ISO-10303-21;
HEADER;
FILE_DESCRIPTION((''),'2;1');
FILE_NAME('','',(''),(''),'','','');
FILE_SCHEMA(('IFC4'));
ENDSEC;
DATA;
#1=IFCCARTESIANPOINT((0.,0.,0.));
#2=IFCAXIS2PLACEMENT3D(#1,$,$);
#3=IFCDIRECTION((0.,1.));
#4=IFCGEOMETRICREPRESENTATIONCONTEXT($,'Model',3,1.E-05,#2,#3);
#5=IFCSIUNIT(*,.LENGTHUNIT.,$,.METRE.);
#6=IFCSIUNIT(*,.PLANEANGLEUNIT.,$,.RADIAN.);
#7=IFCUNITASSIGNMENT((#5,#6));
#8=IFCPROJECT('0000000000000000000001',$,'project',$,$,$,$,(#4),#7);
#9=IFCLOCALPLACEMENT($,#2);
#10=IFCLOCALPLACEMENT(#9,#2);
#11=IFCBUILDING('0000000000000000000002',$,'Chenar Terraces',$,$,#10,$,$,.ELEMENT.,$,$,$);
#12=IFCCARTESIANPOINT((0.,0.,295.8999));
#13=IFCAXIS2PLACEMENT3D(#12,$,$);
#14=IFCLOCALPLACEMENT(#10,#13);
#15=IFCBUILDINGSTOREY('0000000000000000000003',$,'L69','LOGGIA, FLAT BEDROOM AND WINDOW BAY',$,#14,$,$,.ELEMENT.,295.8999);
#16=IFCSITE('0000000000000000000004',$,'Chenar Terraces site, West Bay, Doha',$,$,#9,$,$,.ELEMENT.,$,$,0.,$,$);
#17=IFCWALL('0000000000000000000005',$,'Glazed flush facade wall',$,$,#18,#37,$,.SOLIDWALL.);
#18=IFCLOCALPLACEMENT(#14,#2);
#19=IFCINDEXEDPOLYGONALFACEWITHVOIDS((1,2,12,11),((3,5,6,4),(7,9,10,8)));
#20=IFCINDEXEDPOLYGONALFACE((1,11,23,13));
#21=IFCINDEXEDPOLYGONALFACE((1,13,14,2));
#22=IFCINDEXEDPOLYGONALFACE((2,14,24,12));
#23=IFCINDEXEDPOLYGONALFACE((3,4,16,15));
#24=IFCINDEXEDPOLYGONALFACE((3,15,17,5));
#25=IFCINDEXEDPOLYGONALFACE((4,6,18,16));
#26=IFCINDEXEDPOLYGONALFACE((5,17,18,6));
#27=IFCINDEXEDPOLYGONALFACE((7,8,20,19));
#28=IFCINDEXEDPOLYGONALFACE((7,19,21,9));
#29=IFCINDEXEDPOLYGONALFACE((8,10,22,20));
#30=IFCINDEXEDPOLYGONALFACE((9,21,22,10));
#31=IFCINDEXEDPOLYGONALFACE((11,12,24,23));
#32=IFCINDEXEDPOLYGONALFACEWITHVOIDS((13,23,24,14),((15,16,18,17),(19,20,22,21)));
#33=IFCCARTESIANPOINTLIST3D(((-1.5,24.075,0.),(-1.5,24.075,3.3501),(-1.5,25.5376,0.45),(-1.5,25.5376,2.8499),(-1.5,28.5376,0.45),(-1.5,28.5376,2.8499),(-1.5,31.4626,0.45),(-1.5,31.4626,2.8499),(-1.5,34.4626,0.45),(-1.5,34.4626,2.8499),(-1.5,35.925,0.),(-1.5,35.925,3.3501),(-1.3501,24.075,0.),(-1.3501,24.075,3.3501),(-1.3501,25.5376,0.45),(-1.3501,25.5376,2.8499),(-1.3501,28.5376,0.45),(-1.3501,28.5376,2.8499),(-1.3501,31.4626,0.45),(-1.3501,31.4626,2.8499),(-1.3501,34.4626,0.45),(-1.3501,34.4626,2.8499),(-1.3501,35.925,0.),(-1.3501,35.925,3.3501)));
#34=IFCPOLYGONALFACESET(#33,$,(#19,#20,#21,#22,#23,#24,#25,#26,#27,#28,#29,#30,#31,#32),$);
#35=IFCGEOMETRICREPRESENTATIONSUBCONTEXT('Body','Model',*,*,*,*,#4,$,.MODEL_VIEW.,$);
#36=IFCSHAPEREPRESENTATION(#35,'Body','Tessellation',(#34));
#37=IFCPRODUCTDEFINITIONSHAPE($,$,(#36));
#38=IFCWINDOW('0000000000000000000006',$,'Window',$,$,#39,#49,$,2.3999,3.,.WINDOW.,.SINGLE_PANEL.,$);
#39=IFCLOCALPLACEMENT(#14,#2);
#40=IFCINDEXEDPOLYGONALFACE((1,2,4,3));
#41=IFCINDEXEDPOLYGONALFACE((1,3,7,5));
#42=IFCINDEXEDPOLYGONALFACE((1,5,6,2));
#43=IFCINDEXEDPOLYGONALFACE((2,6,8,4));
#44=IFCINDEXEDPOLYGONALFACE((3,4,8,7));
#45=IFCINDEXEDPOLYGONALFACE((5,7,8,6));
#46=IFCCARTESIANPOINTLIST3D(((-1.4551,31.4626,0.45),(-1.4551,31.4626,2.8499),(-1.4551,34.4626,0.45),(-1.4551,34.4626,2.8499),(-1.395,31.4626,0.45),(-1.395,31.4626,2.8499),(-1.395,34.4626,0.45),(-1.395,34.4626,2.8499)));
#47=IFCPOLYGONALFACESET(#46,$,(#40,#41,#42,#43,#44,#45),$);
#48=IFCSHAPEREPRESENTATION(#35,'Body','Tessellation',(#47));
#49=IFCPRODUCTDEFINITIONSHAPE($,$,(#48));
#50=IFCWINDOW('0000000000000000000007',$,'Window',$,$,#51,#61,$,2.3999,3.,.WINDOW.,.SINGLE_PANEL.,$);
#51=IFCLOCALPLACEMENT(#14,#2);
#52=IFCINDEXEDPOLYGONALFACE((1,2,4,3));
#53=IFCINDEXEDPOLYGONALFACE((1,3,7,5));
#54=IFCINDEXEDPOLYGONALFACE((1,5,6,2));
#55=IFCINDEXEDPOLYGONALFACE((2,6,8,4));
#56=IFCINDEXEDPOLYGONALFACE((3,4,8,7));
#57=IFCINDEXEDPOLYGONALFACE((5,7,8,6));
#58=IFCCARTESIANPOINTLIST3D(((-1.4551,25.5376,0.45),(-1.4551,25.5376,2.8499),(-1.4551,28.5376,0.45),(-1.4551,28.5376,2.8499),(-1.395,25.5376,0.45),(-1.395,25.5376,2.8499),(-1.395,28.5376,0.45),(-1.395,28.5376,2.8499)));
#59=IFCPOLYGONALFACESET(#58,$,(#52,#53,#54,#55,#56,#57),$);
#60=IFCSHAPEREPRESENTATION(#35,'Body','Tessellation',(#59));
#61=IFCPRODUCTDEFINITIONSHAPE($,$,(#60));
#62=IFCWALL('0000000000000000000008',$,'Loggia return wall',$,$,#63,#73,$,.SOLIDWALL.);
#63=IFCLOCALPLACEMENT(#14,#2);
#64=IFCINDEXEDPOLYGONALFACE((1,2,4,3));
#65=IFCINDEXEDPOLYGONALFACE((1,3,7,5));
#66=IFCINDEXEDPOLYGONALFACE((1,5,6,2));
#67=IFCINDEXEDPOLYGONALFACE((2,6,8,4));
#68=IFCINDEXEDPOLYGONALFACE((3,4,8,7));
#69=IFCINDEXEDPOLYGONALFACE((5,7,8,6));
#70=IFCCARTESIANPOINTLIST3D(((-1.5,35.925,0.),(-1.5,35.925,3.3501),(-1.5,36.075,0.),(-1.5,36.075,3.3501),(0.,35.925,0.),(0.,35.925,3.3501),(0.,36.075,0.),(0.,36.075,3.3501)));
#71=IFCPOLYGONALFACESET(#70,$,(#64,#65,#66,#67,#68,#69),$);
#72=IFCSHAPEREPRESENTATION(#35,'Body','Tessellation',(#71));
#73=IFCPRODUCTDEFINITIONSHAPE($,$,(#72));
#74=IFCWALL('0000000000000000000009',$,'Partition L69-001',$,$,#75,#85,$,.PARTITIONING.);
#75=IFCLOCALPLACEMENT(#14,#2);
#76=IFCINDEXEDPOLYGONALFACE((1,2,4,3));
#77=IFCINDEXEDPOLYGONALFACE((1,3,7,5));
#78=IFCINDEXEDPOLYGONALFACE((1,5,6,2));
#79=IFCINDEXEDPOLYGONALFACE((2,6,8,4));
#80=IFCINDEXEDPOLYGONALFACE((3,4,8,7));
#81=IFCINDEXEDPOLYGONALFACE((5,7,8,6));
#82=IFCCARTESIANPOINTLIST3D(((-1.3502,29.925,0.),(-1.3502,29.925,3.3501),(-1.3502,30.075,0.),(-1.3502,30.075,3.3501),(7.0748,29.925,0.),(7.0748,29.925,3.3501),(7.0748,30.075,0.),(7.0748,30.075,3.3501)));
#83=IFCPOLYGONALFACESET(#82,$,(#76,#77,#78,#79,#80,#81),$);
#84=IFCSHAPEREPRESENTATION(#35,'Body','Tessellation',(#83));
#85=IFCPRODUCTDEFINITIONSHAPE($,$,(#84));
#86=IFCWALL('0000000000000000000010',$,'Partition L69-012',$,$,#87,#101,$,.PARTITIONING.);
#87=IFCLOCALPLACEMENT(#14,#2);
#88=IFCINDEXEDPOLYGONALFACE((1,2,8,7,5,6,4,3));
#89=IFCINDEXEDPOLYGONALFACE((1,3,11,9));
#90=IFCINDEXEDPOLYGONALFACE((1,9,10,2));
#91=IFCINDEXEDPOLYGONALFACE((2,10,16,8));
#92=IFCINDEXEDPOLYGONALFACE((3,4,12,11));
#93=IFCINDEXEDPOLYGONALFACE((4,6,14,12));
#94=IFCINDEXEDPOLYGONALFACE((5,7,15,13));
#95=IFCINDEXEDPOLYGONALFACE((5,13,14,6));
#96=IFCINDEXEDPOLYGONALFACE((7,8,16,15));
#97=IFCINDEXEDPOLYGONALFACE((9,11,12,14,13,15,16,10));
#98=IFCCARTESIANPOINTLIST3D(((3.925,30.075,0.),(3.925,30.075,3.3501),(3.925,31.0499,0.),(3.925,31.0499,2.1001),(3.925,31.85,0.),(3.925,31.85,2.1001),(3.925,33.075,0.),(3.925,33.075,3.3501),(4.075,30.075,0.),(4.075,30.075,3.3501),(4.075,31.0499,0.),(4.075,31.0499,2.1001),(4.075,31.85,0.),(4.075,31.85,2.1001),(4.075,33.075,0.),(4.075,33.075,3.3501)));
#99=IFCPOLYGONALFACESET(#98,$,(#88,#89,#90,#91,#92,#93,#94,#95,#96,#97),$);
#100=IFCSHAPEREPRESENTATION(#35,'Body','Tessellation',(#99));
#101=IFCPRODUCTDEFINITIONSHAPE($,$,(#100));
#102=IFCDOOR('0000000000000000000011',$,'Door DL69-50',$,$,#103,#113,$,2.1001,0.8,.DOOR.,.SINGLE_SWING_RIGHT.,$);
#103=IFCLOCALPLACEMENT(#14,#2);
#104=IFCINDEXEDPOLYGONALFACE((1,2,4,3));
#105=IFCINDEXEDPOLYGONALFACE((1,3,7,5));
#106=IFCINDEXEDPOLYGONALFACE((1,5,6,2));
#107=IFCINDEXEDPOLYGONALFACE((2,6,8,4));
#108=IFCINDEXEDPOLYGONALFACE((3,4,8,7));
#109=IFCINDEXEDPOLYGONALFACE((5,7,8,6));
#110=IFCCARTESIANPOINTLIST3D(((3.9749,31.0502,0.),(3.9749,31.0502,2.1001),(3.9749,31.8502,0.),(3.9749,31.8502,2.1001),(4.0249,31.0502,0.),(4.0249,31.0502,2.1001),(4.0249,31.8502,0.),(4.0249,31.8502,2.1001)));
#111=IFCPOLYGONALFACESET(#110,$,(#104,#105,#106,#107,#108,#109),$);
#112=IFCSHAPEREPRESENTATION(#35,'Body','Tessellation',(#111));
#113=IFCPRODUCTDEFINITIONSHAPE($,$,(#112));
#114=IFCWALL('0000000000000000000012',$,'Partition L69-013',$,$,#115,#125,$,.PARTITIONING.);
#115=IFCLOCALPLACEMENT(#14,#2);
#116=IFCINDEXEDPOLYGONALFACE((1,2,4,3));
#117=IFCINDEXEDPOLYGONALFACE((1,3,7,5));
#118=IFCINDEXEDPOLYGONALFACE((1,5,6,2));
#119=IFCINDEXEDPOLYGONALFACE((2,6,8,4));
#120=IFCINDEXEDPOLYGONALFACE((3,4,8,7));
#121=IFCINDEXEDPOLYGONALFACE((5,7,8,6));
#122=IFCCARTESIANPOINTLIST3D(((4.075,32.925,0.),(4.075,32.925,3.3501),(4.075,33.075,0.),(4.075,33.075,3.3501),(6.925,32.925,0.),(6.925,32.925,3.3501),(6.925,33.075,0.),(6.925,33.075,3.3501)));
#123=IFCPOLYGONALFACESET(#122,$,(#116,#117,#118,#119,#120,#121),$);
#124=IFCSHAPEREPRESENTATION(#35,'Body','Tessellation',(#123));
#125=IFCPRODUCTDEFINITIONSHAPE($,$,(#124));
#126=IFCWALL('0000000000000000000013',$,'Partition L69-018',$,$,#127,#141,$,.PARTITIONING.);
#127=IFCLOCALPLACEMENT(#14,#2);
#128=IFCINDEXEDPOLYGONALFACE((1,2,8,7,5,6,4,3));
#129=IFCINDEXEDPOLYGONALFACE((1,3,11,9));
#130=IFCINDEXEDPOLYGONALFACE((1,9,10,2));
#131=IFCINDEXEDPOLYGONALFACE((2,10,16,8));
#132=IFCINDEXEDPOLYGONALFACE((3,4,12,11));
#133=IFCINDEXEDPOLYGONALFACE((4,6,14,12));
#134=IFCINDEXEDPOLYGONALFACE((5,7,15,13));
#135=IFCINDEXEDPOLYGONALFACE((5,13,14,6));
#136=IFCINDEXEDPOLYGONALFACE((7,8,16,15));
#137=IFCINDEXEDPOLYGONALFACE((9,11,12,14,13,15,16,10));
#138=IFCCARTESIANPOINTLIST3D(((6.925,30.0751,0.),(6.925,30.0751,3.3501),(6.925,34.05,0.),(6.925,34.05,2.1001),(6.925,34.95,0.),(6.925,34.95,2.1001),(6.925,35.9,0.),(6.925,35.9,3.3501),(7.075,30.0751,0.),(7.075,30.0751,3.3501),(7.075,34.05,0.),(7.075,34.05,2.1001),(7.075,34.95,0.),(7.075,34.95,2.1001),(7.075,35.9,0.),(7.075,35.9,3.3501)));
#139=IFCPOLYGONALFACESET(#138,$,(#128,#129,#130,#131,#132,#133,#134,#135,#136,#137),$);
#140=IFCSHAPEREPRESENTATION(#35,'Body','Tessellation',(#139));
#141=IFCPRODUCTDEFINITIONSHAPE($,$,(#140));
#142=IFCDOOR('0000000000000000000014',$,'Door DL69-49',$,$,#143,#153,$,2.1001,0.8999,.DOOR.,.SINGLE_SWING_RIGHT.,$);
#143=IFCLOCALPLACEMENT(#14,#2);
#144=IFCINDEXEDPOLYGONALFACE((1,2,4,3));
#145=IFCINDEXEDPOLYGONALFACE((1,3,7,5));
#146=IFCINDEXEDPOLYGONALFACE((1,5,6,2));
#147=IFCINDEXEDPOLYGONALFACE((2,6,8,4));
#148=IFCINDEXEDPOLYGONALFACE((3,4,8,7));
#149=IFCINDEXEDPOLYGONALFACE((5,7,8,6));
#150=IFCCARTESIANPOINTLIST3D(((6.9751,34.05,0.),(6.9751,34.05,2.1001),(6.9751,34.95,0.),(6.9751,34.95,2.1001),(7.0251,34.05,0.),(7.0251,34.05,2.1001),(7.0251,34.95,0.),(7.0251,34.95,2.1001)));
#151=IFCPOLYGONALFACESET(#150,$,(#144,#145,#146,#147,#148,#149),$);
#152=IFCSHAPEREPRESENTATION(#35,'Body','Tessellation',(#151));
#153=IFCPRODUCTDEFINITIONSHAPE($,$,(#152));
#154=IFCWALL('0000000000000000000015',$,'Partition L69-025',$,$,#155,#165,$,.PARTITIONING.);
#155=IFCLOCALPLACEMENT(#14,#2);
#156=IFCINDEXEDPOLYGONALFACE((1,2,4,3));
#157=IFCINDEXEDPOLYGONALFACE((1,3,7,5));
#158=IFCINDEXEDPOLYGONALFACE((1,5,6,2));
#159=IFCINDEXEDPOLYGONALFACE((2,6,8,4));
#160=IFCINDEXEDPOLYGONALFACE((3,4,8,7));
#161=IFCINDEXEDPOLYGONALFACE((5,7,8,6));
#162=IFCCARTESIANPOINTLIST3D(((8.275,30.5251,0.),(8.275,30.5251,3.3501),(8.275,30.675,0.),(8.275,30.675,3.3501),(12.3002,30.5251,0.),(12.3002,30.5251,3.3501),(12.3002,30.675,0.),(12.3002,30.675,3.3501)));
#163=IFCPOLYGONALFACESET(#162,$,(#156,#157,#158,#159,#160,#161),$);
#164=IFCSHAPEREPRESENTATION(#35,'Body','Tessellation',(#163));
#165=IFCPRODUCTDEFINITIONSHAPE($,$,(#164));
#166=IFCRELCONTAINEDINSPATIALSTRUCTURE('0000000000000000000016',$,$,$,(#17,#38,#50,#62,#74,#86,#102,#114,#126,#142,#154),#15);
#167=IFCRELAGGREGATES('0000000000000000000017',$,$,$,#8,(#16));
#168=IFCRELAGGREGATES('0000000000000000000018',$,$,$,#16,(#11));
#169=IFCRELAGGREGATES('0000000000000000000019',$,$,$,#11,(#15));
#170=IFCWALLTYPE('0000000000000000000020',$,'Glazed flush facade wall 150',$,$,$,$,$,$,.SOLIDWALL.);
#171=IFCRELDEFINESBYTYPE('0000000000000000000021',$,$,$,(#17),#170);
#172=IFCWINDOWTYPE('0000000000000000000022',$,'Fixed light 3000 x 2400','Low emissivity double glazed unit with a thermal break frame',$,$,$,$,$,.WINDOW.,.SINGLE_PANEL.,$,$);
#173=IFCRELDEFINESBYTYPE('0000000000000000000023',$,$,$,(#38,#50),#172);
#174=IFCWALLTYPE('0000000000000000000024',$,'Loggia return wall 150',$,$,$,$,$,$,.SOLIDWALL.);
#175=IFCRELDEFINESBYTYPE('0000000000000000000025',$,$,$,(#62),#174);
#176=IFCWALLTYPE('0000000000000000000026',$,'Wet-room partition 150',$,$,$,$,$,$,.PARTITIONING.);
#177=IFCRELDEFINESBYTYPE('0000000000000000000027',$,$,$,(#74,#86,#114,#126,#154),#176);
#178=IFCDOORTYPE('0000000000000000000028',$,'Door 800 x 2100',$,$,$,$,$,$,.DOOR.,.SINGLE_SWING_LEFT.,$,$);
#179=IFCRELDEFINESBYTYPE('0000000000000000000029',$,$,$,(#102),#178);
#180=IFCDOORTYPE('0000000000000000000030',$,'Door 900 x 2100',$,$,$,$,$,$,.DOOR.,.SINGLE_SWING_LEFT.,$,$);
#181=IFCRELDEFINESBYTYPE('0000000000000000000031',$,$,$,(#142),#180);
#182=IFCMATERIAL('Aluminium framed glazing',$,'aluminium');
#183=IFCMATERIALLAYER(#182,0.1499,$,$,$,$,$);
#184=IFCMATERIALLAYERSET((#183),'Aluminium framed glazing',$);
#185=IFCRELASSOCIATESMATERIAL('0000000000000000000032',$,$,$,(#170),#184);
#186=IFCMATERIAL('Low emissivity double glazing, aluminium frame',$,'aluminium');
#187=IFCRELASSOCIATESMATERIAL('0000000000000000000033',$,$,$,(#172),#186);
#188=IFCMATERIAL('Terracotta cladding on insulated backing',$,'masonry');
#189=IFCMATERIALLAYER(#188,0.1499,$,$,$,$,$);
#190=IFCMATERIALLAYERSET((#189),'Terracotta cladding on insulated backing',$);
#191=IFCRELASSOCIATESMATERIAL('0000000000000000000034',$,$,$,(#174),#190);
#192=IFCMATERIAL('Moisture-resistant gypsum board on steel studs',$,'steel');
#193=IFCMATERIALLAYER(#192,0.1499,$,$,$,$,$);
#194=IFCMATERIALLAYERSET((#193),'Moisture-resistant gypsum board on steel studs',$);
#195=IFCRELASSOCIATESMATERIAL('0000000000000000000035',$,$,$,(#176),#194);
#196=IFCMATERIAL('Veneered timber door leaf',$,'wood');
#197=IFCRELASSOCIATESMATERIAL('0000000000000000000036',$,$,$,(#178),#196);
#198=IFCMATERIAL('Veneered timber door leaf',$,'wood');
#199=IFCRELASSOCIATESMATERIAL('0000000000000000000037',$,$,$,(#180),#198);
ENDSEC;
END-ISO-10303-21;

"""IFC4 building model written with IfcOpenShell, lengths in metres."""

from ifc_helpers import new_model, si_unit, direction, frame, frame_2d, origin, place, context, subcontext, project, spatial, rectangle, extrude, material, layer, layer_set, type_object, element, fill, save


model = new_model("IFC4")

# Units and contexts
model_context = context("Model", 3, precision=1e-05, world=origin(), true_north=direction((0.0, 1.0)))
body_context = subcontext(model_context, "Body", "Model", "MODEL_VIEW")
ifc_project = project(units=[si_unit("LENGTHUNIT", "METRE"), si_unit("PLANEANGLEUNIT", "RADIAN")], contexts=[model_context])

# Site, building, storey
site_placement = place(None, origin())
site = spatial("IfcSite", under=ifc_project, at=site_placement, Name="Chenar Terraces site, West Bay, Doha", CompositionType="ELEMENT", RefElevation=0.0)
building_placement = place(site_placement, origin())
building = spatial("IfcBuilding", under=site, at=building_placement, Name="Chenar Terraces", CompositionType="ELEMENT")
storey_placement = place(building_placement, frame((0.0, 0.0, 295.8999)))
storey = spatial("IfcBuildingStorey", under=building, at=storey_placement, Name="L69", Description="LOGGIA, FLAT BEDROOM AND WINDOW BAY", CompositionType="ELEMENT", Elevation=295.8999)

# Wall, openings, windows
ifc_material_1 = material(Name="Aluminium framed glazing", Category="aluminium")
ifc_layer_1 = layer(ifc_material_1, 0.1499)
ifc_layer_set_1 = layer_set([ifc_layer_1], Name="Aluminium framed glazing")
wall_type_1 = type_object("IfcWallType", Name="Glazed flush facade wall 150", PredefinedType="SOLIDWALL", material=ifc_layer_set_1)
wall_1_placement = place(storey_placement, frame((-1.425, 35.925, 0.0), z_axis=(0.0, 0.0, 1.0), x_axis=(0.0, -1.0, 0.0)))
wall_1 = element("IfcWall", 1, at=wall_1_placement, inside=storey, type_object=wall_type_1, Name="Glazed flush facade wall", PredefinedType="SOLIDWALL", context=body_context, shape_type="SweptSolid", body=[
    extrude(rectangle(XDim=11.8501, YDim=0.1499, at=frame_2d((5.925, 0.0))), origin(), (0.0, 0.0, 1.0), 3.3501),
])
opening_1_placement = place(wall_1_placement, frame((1.4624, 0.0, 0.45)))
opening_1 = element("IfcOpeningElement", 2, at=opening_1_placement, cuts=wall_1, PredefinedType="OPENING", context=body_context, shape_type="SweptSolid", body=[
    extrude(rectangle(XDim=3.0, YDim=2.3999, at=frame_2d((1.5, 1.2))), frame((0.0, 0.085, 0.0), z_axis=(0.0, -1.0, 0.0), x_axis=(1.0, 0.0, 0.0)), (0.0, 0.0, 1.0), 0.1699),
])
opening_2_placement = place(wall_1_placement, frame((7.3875, 0.0, 0.45)))
opening_2 = element("IfcOpeningElement", 3, at=opening_2_placement, cuts=wall_1, PredefinedType="OPENING", context=body_context, shape_type="SweptSolid", body=[
    extrude(rectangle(XDim=3.0, YDim=2.3999, at=frame_2d((1.5, 1.2))), frame((0.0, 0.085, 0.0), z_axis=(0.0, -1.0, 0.0), x_axis=(1.0, 0.0, 0.0)), (0.0, 0.0, 1.0), 0.1699),
])
ifc_material_2 = material(Name="Low emissivity double glazing, aluminium frame", Category="aluminium")
window_type = type_object("IfcWindowType", Name="Fixed light 3000 x 2400", Description="Low emissivity double glazed unit with a thermal break frame", PartitioningType="SINGLE_PANEL", PredefinedType="WINDOW", material=ifc_material_2)
window_1_placement = place(opening_1_placement, origin())
window_1 = element("IfcWindow", 4, at=window_1_placement, inside=storey, type_object=window_type, Name="Window", OverallHeight=2.3999, OverallWidth=3.0, PartitioningType="SINGLE_PANEL", PredefinedType="WINDOW", context=body_context, shape_type="SweptSolid", body=[
    extrude(rectangle(XDim=3.0, YDim=2.3999, at=frame_2d((1.5, 1.2))), frame((0.0, 0.03, 0.0), z_axis=(0.0, -1.0, 0.0), x_axis=(1.0, 0.0, 0.0)), (0.0, 0.0, 1.0), 0.0601),
])
fill(opening_1, window_1)
window_2_placement = place(opening_2_placement, origin())
window_2 = element("IfcWindow", 5, at=window_2_placement, inside=storey, type_object=window_type, Name="Window", OverallHeight=2.3999, OverallWidth=3.0, PartitioningType="SINGLE_PANEL", PredefinedType="WINDOW", context=body_context, shape_type="SweptSolid", body=[
    extrude(rectangle(XDim=3.0, YDim=2.3999, at=frame_2d((1.5, 1.2))), frame((0.0, 0.03, 0.0), z_axis=(0.0, -1.0, 0.0), x_axis=(1.0, 0.0, 0.0)), (0.0, 0.0, 1.0), 0.0601),
])
fill(opening_2, window_2)

# Walls
ifc_material_3 = material(Name="Terracotta cladding on insulated backing", Category="masonry")
ifc_layer_2 = layer(ifc_material_3, 0.1499)
ifc_layer_set_2 = layer_set([ifc_layer_2], Name="Terracotta cladding on insulated backing")
wall_type_2 = type_object("IfcWallType", Name="Loggia return wall 150", PredefinedType="SOLIDWALL", material=ifc_layer_set_2)
wall_2_placement = place(storey_placement, frame((-1.5, 36.0, 0.0), z_axis=(0.0, 0.0, 1.0), x_axis=(1.0, 0.0, 0.0)))
element("IfcWall", 6, at=wall_2_placement, inside=storey, type_object=wall_type_2, Name="Loggia return wall", PredefinedType="SOLIDWALL", context=body_context, shape_type="SweptSolid", body=[
    extrude(rectangle(XDim=1.5, YDim=0.1499, at=frame_2d((0.75, 0.0))), origin(), (0.0, 0.0, 1.0), 3.3501),
])
ifc_material_4 = material(Name="Moisture-resistant gypsum board on steel studs", Category="steel")
ifc_layer_3 = layer(ifc_material_4, 0.1499)
ifc_layer_set_3 = layer_set([ifc_layer_3], Name="Moisture-resistant gypsum board on steel studs")
wall_type_3 = type_object("IfcWallType", Name="Wet-room partition 150", PredefinedType="PARTITIONING", material=ifc_layer_set_3)
wall_3_placement = place(storey_placement, frame((-1.3501, 30.0, 0.0), z_axis=(0.0, 0.0, 1.0), x_axis=(1.0, 0.0, 0.0)))
element("IfcWall", 7, at=wall_3_placement, inside=storey, type_object=wall_type_3, Name="Partition L69-001", PredefinedType="PARTITIONING", context=body_context, shape_type="SweptSolid", body=[
    extrude(rectangle(XDim=8.425, YDim=0.1499, at=frame_2d((4.2124, 0.0))), origin(), (0.0, 0.0, 1.0), 3.3501),
])

# Wall, opening, door
wall_4_placement = place(storey_placement, frame((4.0, 30.075, 0.0), z_axis=(0.0, 0.0, 1.0), x_axis=(0.0, 1.0, 0.0)))
wall_4 = element("IfcWall", 8, at=wall_4_placement, inside=storey, type_object=wall_type_3, Name="Partition L69-012", PredefinedType="PARTITIONING", context=body_context, shape_type="SweptSolid", body=[
    extrude(rectangle(XDim=3.0, YDim=0.1499, at=frame_2d((1.5, 0.0))), origin(), (0.0, 0.0, 1.0), 3.3501),
])
opening_3_placement = place(wall_4_placement, frame((0.9751, 0.0, 0.0)))
opening_3 = element("IfcOpeningElement", 9, at=opening_3_placement, cuts=wall_4, PredefinedType="OPENING", context=body_context, shape_type="SweptSolid", body=[
    extrude(rectangle(XDim=0.8, YDim=2.1001, at=frame_2d((0.3999, 1.05))), frame((0.0, 0.085, 0.0), z_axis=(0.0, -1.0, 0.0), x_axis=(1.0, 0.0, 0.0)), (0.0, 0.0, 1.0), 0.1699),
])
ifc_material_5 = material(Name="Veneered timber door leaf", Category="wood")
door_type_1 = type_object("IfcDoorType", Name="Door 800 x 2100", OperationType="SINGLE_SWING_LEFT", PredefinedType="DOOR", material=ifc_material_5)
door_1_placement = place(opening_3_placement, frame((0.8, 0.0, 0.0), z_axis=(0.0, 0.0, 1.0), x_axis=(-1.0, 0.0, 0.0)))
door_1 = element("IfcDoor", 10, at=door_1_placement, inside=storey, type_object=door_type_1, Name="Door DL69-50", OperationType="SINGLE_SWING_RIGHT", OverallHeight=2.1001, OverallWidth=0.8, PredefinedType="DOOR", context=body_context, shape_type="SweptSolid", body=[
    extrude(rectangle(XDim=0.8, YDim=2.1001, at=frame_2d((0.3999, 1.05))), frame((0.0, 0.0249, 0.0), z_axis=(0.0, -1.0, 0.0), x_axis=(1.0, 0.0, 0.0)), (0.0, 0.0, 1.0), 0.05),
])
fill(opening_3, door_1)

# Wall
wall_5_placement = place(storey_placement, frame((4.075, 33.0, 0.0), z_axis=(0.0, 0.0, 1.0), x_axis=(1.0, 0.0, 0.0)))
element("IfcWall", 11, at=wall_5_placement, inside=storey, type_object=wall_type_3, Name="Partition L69-013", PredefinedType="PARTITIONING", context=body_context, shape_type="SweptSolid", body=[
    extrude(rectangle(XDim=2.8501, YDim=0.1499, at=frame_2d((1.425, 0.0))), origin(), (0.0, 0.0, 1.0), 3.3501),
])

# Wall, opening, door
wall_6_placement = place(storey_placement, frame((7.0, 30.075, 0.0), z_axis=(0.0, 0.0, 1.0), x_axis=(0.0, 1.0, 0.0)))
wall_6 = element("IfcWall", 12, at=wall_6_placement, inside=storey, type_object=wall_type_3, Name="Partition L69-018", PredefinedType="PARTITIONING", context=body_context, shape_type="SweptSolid", body=[
    extrude(rectangle(XDim=5.825, YDim=0.1499, at=frame_2d((2.9126, 0.0))), origin(), (0.0, 0.0, 1.0), 3.3501),
])
opening_4_placement = place(wall_6_placement, frame((3.9751, 0.0, 0.0)))
opening_4 = element("IfcOpeningElement", 13, at=opening_4_placement, cuts=wall_6, PredefinedType="OPENING", context=body_context, shape_type="SweptSolid", body=[
    extrude(rectangle(XDim=0.8999, YDim=2.1001, at=frame_2d((0.45, 1.05))), frame((0.0, 0.085, 0.0), z_axis=(0.0, -1.0, 0.0), x_axis=(1.0, 0.0, 0.0)), (0.0, 0.0, 1.0), 0.1699),
])
ifc_material_6 = material(Name="Veneered timber door leaf", Category="wood")
door_type_2 = type_object("IfcDoorType", Name="Door 900 x 2100", OperationType="SINGLE_SWING_LEFT", PredefinedType="DOOR", material=ifc_material_6)
door_2_placement = place(opening_4_placement, origin())
door_2 = element("IfcDoor", 14, at=door_2_placement, inside=storey, type_object=door_type_2, Name="Door DL69-49", OperationType="SINGLE_SWING_RIGHT", OverallHeight=2.1001, OverallWidth=0.8999, PredefinedType="DOOR", context=body_context, shape_type="SweptSolid", body=[
    extrude(rectangle(XDim=0.8999, YDim=2.1001, at=frame_2d((0.45, 1.05))), frame((0.0, 0.0249, 0.0), z_axis=(0.0, -1.0, 0.0), x_axis=(1.0, 0.0, 0.0)), (0.0, 0.0, 1.0), 0.05),
])
fill(opening_4, door_2)

# Wall
wall_7_placement = place(storey_placement, frame((8.2749, 30.6001, 0.0), z_axis=(0.0, 0.0, 1.0), x_axis=(1.0, 0.0, 0.0)))
element("IfcWall", 15, at=wall_7_placement, inside=storey, type_object=wall_type_3, Name="Partition L69-025", PredefinedType="PARTITIONING", context=body_context, shape_type="SweptSolid", body=[
    extrude(rectangle(XDim=4.0251, YDim=0.1499, at=frame_2d((2.0127, 0.0))), origin(), (0.0, 0.0, 1.0), 3.3501),
])

save(model, "model.ifc")
